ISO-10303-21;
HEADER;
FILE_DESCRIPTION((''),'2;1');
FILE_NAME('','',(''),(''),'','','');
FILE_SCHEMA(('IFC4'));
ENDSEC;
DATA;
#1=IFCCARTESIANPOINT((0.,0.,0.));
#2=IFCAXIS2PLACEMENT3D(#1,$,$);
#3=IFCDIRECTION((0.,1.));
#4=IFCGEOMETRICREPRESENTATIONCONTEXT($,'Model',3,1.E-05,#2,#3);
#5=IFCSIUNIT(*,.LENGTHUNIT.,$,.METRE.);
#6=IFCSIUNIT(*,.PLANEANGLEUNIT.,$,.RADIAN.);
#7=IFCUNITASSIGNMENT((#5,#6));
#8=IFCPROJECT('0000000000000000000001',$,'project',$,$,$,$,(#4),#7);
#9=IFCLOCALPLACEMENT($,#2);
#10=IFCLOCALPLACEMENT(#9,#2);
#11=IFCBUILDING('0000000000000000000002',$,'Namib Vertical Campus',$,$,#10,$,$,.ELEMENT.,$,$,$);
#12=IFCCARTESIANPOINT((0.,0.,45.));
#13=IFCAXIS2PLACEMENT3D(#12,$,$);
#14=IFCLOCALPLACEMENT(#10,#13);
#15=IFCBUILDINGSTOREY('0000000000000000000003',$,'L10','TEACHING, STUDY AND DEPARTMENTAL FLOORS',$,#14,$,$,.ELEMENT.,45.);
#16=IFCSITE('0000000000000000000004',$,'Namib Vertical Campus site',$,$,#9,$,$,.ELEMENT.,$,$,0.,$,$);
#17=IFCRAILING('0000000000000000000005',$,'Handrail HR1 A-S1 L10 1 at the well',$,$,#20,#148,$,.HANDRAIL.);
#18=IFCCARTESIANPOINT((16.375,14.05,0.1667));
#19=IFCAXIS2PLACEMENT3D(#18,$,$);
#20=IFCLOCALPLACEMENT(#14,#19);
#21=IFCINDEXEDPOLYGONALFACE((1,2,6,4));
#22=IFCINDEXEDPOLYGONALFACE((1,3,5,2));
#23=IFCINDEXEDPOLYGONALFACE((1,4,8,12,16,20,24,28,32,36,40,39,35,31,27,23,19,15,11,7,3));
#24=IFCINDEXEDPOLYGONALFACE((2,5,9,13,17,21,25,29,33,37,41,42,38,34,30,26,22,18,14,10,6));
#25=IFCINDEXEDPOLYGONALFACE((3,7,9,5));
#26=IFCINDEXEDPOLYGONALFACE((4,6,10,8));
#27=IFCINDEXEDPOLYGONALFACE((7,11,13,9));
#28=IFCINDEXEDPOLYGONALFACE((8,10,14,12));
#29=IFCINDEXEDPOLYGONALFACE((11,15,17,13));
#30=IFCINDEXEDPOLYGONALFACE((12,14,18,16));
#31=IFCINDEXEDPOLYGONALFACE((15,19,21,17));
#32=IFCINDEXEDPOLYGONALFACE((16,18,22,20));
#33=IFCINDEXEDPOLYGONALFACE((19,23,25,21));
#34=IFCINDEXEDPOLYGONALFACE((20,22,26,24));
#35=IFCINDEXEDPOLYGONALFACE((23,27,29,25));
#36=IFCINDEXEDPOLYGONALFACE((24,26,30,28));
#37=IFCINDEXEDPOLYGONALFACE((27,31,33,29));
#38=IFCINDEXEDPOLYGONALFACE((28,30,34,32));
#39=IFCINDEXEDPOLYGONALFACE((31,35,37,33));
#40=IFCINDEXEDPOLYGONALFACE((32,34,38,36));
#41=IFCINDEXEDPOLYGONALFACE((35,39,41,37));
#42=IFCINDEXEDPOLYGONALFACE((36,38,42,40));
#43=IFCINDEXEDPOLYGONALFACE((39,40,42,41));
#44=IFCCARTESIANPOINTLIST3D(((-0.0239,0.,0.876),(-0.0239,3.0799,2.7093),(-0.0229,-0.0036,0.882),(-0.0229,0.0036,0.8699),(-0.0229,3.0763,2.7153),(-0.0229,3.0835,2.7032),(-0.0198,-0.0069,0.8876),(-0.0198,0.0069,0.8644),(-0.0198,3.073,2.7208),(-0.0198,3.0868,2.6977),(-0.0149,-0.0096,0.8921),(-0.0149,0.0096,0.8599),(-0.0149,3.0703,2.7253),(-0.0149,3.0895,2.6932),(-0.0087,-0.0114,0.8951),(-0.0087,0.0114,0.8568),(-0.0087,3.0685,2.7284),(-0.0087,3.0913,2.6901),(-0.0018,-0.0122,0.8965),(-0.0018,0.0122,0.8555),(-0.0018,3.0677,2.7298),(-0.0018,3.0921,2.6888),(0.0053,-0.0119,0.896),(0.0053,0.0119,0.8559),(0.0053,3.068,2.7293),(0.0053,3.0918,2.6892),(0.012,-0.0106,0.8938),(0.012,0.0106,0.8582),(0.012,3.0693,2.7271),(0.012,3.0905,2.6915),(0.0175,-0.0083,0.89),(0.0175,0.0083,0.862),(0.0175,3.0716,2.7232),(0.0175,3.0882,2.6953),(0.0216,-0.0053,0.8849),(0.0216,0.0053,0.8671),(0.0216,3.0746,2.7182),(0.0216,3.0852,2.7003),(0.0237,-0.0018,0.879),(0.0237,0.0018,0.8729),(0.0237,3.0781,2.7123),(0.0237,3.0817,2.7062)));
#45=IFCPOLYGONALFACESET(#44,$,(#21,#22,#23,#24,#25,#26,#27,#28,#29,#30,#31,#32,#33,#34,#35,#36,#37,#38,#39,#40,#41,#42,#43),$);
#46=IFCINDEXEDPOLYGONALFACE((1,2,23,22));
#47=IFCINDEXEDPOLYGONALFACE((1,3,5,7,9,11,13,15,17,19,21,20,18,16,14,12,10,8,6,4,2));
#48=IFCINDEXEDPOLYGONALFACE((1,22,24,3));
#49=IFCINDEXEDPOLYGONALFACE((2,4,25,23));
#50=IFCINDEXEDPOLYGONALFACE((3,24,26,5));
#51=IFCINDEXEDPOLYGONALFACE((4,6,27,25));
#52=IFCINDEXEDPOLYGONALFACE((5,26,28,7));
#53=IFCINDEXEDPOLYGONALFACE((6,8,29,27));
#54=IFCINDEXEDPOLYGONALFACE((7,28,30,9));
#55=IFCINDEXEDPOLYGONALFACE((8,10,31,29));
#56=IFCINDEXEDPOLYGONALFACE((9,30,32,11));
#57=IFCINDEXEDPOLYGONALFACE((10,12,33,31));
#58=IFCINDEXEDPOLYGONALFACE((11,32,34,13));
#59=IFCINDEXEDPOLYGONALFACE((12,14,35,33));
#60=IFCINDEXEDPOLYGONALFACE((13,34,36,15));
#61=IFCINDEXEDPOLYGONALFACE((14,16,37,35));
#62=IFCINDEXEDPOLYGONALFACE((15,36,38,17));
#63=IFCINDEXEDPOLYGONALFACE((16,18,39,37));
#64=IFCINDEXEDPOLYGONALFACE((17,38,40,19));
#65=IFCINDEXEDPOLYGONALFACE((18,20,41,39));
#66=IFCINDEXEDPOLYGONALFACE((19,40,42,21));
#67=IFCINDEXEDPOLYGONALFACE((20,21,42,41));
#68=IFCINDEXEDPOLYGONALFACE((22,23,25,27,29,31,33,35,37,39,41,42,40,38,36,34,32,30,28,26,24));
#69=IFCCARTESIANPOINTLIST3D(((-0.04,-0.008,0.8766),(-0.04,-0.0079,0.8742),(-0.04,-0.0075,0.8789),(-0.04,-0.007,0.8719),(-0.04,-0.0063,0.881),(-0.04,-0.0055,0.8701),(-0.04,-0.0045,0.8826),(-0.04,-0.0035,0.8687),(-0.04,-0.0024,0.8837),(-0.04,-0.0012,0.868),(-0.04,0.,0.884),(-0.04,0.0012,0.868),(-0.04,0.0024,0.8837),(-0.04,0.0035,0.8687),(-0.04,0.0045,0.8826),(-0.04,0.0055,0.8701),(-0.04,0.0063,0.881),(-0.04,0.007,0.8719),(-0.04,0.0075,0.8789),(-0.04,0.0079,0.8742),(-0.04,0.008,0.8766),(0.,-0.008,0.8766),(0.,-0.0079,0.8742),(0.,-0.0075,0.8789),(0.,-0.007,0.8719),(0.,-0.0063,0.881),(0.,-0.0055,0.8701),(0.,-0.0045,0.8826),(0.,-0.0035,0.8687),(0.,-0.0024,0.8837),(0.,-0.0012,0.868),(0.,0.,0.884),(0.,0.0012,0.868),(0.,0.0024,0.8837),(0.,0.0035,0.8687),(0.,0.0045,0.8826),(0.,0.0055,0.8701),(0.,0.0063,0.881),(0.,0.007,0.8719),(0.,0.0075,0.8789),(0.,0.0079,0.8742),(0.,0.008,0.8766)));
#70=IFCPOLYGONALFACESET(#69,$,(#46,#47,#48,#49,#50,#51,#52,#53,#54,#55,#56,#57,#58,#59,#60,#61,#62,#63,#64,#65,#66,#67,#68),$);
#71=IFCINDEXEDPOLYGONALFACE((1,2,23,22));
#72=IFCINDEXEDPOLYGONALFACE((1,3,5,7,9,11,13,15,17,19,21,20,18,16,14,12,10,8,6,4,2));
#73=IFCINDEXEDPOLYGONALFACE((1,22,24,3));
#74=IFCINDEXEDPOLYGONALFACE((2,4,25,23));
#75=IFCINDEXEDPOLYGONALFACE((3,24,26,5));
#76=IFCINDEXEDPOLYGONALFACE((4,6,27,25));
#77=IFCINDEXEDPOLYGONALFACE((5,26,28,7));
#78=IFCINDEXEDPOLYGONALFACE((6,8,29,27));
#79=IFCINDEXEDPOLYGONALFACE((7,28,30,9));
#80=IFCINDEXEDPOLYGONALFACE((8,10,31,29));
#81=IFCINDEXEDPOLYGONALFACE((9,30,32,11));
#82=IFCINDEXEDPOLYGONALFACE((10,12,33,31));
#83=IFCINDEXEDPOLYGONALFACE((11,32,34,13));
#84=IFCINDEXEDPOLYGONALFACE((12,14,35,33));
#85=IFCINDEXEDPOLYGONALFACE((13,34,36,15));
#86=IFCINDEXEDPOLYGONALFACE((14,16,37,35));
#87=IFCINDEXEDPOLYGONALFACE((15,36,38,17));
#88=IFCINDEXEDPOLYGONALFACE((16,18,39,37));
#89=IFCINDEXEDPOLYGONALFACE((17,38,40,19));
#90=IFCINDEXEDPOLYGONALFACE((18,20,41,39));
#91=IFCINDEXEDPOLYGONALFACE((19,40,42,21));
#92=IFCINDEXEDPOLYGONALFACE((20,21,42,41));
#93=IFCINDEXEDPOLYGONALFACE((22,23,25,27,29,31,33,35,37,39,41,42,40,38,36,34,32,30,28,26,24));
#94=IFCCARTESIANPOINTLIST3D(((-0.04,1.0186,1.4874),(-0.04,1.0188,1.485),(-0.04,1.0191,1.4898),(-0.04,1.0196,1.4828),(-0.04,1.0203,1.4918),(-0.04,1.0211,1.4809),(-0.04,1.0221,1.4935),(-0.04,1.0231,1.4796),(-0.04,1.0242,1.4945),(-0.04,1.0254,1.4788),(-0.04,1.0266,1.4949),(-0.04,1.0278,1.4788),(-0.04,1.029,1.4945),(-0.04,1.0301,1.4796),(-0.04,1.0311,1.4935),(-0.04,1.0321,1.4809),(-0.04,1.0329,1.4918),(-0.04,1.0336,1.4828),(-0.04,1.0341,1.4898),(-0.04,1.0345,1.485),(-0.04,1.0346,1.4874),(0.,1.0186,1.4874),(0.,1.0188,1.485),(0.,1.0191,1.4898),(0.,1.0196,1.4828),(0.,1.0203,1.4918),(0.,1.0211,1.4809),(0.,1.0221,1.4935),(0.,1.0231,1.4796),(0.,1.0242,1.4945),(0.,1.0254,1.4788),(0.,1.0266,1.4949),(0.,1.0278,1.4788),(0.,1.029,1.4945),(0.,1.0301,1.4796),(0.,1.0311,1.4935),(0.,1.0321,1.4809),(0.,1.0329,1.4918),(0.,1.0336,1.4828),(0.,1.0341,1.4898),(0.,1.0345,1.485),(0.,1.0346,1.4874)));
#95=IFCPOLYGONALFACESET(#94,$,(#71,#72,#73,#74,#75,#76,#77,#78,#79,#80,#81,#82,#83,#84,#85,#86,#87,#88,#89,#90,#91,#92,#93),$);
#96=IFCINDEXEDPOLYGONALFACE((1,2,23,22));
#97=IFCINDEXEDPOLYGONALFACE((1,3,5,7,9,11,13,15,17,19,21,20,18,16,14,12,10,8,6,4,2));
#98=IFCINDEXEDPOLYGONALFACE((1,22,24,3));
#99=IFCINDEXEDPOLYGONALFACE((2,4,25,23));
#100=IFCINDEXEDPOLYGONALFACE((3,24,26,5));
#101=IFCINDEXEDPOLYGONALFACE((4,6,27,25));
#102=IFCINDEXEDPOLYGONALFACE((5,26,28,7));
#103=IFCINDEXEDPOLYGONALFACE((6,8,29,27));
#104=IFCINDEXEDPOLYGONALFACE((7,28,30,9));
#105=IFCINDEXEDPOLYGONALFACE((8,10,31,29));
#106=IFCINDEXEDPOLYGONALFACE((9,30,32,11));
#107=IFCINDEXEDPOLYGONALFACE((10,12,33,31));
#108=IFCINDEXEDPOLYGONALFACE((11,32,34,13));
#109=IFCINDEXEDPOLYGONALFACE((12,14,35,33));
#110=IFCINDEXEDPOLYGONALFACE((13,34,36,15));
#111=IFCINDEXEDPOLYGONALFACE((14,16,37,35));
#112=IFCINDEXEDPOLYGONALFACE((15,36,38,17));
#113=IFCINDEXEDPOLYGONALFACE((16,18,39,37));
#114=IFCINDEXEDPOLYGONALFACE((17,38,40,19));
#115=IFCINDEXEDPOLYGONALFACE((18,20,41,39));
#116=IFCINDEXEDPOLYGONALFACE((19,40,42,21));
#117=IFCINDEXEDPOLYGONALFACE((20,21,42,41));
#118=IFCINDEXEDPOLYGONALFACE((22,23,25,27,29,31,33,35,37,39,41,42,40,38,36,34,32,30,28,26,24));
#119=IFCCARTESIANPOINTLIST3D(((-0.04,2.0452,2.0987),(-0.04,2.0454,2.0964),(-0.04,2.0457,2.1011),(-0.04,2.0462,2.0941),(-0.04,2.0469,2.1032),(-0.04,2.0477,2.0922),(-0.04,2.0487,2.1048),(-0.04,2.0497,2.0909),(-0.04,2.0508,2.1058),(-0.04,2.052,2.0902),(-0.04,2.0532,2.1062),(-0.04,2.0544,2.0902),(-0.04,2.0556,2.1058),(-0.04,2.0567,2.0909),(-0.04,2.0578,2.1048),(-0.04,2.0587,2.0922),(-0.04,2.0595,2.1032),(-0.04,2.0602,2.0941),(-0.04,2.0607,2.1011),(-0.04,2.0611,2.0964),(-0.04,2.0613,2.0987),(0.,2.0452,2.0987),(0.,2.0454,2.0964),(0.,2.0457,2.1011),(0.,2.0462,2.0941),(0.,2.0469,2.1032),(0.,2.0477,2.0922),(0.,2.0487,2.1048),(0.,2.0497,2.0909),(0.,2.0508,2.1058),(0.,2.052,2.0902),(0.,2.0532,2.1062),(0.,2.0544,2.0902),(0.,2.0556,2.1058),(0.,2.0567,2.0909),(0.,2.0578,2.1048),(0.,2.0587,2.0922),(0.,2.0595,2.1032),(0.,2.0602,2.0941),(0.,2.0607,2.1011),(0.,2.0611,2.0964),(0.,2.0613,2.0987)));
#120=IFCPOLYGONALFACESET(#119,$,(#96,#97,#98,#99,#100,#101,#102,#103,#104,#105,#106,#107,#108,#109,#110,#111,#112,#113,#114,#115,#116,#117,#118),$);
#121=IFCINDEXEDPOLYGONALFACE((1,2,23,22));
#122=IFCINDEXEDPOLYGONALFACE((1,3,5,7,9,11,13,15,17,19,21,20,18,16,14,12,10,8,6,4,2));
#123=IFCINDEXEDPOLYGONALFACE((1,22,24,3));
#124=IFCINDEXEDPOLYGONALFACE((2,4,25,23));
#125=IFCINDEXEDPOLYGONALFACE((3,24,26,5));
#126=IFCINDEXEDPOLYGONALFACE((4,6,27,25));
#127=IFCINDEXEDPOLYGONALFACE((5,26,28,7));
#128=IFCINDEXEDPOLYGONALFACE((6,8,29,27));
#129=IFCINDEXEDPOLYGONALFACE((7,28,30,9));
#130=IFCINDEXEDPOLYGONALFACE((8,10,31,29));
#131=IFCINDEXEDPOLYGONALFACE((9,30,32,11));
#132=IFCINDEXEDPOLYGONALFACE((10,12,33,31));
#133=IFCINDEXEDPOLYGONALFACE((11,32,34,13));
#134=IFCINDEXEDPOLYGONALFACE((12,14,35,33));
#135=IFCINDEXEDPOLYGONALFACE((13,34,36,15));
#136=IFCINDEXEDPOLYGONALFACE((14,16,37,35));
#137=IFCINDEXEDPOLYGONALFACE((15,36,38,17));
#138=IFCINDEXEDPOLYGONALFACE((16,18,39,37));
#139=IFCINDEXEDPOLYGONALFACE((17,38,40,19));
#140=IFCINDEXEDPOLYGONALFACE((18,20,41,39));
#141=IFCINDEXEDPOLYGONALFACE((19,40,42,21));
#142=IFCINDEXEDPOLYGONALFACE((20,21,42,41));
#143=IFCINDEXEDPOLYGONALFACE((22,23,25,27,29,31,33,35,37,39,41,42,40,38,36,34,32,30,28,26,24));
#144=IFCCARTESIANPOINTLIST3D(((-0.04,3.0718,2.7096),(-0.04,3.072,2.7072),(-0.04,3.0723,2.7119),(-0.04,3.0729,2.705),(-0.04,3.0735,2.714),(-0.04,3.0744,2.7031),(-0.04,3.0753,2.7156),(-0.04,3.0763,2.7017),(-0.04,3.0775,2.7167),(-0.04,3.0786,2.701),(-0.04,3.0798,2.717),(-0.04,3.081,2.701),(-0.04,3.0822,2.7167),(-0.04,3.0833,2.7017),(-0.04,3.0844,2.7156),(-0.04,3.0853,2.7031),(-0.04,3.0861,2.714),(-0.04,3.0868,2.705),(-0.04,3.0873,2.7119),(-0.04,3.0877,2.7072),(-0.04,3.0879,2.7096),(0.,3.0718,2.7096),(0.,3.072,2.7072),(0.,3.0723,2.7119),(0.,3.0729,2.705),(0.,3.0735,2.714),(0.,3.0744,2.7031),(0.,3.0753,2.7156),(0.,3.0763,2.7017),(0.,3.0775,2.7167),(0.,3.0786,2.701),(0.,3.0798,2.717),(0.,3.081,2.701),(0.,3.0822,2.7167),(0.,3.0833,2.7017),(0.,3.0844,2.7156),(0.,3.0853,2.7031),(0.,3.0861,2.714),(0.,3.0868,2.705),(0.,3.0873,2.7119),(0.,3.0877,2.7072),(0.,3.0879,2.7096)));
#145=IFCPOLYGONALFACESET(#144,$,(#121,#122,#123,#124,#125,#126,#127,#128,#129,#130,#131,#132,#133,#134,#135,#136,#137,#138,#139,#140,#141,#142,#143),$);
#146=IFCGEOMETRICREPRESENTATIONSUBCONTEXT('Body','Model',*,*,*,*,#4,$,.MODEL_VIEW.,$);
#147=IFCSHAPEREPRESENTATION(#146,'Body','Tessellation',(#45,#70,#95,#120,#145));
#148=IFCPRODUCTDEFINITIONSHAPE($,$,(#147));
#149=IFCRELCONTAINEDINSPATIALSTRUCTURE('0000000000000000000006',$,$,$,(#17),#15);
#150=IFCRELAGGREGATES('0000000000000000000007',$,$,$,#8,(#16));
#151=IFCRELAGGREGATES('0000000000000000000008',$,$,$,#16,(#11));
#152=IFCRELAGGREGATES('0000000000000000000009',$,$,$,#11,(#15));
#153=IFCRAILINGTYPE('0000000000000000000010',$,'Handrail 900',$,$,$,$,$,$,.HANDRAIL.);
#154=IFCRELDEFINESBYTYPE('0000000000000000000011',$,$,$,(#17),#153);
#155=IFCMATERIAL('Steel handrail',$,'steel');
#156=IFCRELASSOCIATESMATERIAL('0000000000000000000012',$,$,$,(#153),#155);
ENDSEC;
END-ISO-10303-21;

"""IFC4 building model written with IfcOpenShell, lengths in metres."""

from ifc_helpers import new_model, si_unit, direction, frame, origin, origin_2d, place, context, subcontext, project, spatial, circle, extrude, material, type_object, element, save


model = new_model("IFC4")

# Units and contexts
model_context = context("Model", 3, precision=1e-05, world=origin(), true_north=direction((0.0, 1.0)))
body_context = subcontext(model_context, "Body", "Model", "MODEL_VIEW")
ifc_project = project(units=[si_unit("LENGTHUNIT", "METRE"), si_unit("PLANEANGLEUNIT", "RADIAN")], contexts=[model_context])

# Site, building, storey
site_placement = place(None, origin())
site = spatial("IfcSite", under=ifc_project, at=site_placement, Name="Namib Vertical Campus site", CompositionType="ELEMENT", RefElevation=0.0)
building_placement = place(site_placement, origin())
building = spatial("IfcBuilding", under=site, at=building_placement, Name="Namib Vertical Campus", CompositionType="ELEMENT")
storey_placement = place(building_placement, frame((0.0, 0.0, 45.0)))
storey = spatial("IfcBuildingStorey", under=building, at=storey_placement, Name="L10", Description="TEACHING, STUDY AND DEPARTMENTAL FLOORS", CompositionType="ELEMENT", Elevation=45.0)

# Railing
ifc_material_1 = material(Name="Steel handrail", Category="steel")
railing_type_1 = type_object("IfcRailingType", Name="Handrail 900", PredefinedType="HANDRAIL", material=ifc_material_1)
railing_1_placement = place(storey_placement, frame((16.375, 14.05, 0.1667)))
element("IfcRailing", 1, at=railing_1_placement, inside=storey, type_object=railing_type_1, Name="Handrail HR1 A-S1 L10 1 at the well", PredefinedType="HANDRAIL", context=body_context, shape_type="SweptSolid", body=[
    extrude(circle(Radius=0.0239, at=origin_2d()), frame((0.0, 0.0, 0.876), z_axis=(0.0, 0.859291, 0.511487), x_axis=(-1.0, 0.0, 0.0)), (0.0, 0.0, 1.0), 3.5842),
    extrude(circle(Radius=0.0081, at=origin_2d()), frame((0.0, 0.0, 0.876), z_axis=(-1.0, 0.0, 0.0), x_axis=(0.0, 0.0, 1.0)), (0.0, 0.0, 1.0), 0.04),
    extrude(circle(Radius=0.0081, at=origin_2d()), frame((0.0, 1.0266, 1.4868), z_axis=(-1.0, 0.0, 0.0), x_axis=(0.0, 0.0, 1.0)), (0.0, 0.0, 1.0), 0.04),
    extrude(circle(Radius=0.0081, at=origin_2d()), frame((0.0, 2.0532, 2.0981), z_axis=(-1.0, 0.0, 0.0), x_axis=(0.0, 0.0, 1.0)), (0.0, 0.0, 1.0), 0.04),
    extrude(circle(Radius=0.0081, at=origin_2d()), frame((0.0, 3.0798, 2.709), z_axis=(-1.0, 0.0, 0.0), x_axis=(0.0, 0.0, 1.0)), (0.0, 0.0, 1.0), 0.04),
])

save(model, "model.ifc")
